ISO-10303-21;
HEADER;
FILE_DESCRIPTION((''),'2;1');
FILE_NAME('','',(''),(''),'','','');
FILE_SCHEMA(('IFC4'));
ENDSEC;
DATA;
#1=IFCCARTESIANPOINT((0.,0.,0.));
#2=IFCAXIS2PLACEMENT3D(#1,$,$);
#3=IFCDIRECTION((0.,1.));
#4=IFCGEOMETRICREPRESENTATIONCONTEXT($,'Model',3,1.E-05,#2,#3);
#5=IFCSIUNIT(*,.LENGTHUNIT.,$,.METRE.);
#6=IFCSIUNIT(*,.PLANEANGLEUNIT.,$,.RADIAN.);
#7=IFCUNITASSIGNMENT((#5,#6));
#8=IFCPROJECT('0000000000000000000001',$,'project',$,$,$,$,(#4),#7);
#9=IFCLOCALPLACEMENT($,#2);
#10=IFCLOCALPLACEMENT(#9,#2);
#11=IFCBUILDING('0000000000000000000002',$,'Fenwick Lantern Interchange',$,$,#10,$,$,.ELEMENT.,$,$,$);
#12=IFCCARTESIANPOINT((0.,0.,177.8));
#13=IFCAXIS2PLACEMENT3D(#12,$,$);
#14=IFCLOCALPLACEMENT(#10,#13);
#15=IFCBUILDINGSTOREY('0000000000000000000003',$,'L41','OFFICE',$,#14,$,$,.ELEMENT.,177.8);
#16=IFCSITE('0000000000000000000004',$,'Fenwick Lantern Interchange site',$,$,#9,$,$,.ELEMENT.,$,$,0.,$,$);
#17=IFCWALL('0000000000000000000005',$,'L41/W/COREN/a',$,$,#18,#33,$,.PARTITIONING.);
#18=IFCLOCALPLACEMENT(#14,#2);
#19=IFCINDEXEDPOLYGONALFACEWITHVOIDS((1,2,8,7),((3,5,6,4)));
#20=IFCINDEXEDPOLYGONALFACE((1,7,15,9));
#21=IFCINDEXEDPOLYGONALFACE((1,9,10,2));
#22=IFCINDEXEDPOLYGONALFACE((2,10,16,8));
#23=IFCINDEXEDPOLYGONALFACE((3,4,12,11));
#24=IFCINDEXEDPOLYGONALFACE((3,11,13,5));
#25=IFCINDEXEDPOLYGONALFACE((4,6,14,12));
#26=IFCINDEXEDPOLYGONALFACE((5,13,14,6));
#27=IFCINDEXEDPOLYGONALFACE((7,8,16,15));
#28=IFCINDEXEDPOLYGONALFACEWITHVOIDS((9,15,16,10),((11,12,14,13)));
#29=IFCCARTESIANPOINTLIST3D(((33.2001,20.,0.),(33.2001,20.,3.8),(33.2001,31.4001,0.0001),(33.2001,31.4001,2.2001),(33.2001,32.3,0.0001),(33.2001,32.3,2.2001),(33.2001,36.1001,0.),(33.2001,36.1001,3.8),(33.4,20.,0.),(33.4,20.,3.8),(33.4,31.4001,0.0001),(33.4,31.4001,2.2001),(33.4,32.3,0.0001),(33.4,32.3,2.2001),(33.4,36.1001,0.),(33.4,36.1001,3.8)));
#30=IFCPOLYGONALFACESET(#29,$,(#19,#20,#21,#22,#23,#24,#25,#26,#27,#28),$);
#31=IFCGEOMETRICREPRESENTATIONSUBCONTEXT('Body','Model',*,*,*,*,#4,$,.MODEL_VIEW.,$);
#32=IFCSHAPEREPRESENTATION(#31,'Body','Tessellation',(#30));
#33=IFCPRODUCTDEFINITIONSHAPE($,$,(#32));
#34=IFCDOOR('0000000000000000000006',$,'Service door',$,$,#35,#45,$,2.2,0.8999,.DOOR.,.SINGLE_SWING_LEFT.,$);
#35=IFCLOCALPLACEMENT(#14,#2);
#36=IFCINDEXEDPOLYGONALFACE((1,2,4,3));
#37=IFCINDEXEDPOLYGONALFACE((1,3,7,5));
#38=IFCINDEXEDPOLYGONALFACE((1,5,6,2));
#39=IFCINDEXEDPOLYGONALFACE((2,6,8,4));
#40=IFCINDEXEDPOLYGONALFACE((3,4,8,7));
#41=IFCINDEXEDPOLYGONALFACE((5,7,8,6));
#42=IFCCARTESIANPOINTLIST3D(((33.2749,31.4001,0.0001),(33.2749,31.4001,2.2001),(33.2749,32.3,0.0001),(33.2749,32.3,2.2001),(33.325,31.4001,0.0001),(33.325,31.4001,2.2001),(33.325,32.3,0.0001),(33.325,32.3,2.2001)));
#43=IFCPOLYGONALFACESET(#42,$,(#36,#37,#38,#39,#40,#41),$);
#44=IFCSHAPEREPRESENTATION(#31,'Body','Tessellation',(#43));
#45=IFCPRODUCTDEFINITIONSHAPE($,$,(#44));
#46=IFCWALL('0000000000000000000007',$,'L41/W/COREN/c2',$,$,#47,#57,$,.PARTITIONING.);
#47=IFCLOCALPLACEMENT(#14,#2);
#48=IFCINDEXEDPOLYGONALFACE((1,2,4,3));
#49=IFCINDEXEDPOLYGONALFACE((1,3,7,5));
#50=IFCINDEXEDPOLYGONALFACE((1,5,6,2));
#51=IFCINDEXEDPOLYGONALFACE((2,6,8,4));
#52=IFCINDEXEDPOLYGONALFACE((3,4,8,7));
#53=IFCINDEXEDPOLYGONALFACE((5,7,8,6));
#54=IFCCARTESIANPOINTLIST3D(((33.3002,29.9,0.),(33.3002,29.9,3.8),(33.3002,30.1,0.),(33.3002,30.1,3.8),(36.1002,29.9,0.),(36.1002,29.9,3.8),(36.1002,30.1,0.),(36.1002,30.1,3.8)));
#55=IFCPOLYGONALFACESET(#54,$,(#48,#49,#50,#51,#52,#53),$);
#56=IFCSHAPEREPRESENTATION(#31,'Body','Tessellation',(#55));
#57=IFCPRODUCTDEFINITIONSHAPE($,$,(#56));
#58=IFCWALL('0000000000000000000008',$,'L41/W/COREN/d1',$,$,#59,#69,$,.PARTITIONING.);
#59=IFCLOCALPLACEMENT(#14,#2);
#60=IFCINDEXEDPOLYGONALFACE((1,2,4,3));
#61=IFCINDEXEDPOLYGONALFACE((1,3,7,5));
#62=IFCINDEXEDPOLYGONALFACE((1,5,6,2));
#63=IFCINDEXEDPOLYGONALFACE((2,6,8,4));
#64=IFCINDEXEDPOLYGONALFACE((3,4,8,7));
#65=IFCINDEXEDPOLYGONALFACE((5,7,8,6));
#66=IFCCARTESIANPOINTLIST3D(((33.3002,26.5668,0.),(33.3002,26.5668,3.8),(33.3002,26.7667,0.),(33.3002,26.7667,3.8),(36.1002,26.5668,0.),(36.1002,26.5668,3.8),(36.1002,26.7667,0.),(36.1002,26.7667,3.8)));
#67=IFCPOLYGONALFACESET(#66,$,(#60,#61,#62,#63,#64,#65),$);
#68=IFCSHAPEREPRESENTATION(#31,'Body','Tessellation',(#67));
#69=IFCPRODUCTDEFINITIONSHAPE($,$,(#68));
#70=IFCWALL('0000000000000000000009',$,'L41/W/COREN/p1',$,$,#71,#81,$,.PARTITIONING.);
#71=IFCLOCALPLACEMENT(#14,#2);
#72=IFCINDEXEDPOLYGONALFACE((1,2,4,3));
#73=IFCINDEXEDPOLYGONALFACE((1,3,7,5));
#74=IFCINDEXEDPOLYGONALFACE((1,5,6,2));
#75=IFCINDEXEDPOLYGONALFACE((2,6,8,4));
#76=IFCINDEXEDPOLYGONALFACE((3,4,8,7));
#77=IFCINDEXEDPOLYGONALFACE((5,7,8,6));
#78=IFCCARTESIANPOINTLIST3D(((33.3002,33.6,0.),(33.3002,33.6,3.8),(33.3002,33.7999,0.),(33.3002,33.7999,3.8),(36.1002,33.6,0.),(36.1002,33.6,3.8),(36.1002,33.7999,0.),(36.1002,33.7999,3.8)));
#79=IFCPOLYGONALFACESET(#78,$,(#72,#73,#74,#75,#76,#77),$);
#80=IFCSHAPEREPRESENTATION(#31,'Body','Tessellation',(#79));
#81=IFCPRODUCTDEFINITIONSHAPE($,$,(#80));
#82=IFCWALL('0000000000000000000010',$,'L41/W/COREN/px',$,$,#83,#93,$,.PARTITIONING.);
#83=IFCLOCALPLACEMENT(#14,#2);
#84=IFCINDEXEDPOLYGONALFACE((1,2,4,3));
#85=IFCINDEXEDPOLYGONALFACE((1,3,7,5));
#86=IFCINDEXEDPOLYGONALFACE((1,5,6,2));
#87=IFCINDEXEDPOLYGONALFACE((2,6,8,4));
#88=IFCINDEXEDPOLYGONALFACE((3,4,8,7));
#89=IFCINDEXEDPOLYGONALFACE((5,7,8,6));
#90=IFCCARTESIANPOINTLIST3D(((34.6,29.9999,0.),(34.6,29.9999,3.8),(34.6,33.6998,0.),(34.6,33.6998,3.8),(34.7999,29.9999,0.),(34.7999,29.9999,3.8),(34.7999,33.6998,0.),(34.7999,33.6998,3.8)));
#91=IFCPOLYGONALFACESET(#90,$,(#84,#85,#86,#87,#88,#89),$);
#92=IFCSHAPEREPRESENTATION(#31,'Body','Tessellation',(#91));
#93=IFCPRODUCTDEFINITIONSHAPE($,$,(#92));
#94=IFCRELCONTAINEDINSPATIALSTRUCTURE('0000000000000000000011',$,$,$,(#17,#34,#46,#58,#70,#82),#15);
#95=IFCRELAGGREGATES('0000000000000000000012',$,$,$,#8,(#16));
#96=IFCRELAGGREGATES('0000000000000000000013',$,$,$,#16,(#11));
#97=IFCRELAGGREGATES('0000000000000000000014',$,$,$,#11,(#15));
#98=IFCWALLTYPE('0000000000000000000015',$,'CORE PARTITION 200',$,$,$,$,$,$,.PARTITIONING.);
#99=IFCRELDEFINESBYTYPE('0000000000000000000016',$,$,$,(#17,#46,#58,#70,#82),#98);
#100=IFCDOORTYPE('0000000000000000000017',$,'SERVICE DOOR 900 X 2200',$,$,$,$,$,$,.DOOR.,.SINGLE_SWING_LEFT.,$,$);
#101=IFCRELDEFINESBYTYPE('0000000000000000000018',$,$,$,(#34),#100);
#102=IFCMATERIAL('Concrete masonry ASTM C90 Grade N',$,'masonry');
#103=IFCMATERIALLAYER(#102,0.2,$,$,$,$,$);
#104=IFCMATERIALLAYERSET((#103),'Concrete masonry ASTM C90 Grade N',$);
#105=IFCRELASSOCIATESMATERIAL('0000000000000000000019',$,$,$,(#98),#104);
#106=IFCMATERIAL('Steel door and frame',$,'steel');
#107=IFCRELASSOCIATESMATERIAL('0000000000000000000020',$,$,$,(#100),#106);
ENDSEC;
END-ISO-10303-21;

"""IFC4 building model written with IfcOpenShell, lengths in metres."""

from ifc_helpers import new_model, si_unit, direction, frame, frame_2d, origin, place, context, subcontext, project, spatial, rectangle, extrude, material, layer, layer_set, type_object, element, fill, save


model = new_model("IFC4")

# Units and contexts
model_context = context("Model", 3, precision=1e-05, world=origin(), true_north=direction((0.0, 1.0)))
body_context = subcontext(model_context, "Body", "Model", "MODEL_VIEW")
ifc_project = project(units=[si_unit("LENGTHUNIT", "METRE"), si_unit("PLANEANGLEUNIT", "RADIAN")], contexts=[model_context])

# Site, building, storey
site_placement = place(None, origin())
site = spatial("IfcSite", under=ifc_project, at=site_placement, Name="Fenwick Lantern Interchange site", CompositionType="ELEMENT", RefElevation=0.0)
building_placement = place(site_placement, origin())
building = spatial("IfcBuilding", under=site, at=building_placement, Name="Fenwick Lantern Interchange", CompositionType="ELEMENT")
storey_placement = place(building_placement, frame((0.0, 0.0, 177.8)))
storey = spatial("IfcBuildingStorey", under=building, at=storey_placement, Name="L41", Description="OFFICE", CompositionType="ELEMENT", Elevation=177.8)

# Wall, opening, door
ifc_material_1 = material(Name="Concrete masonry ASTM C90 Grade N", Category="masonry")
ifc_layer_1 = layer(ifc_material_1, 0.2)
ifc_layer_set_1 = layer_set([ifc_layer_1], Name="Concrete masonry ASTM C90 Grade N")
wall_type_1 = type_object("IfcWallType", Name="CORE PARTITION 200", PredefinedType="PARTITIONING", material=ifc_layer_set_1)
wall_1_placement = place(storey_placement, frame((33.3, 36.1001, 0.0), z_axis=(0.0, 0.0, 1.0), x_axis=(0.0, -1.0, 0.0)))
wall_1 = element("IfcWall", 1, at=wall_1_placement, inside=storey, type_object=wall_type_1, Name="L41/W/COREN/a", PredefinedType="PARTITIONING", context=body_context, shape_type="SweptSolid", body=[
    extrude(rectangle(XDim=16.1001, YDim=0.2, at=frame_2d((8.05, 0.0))), origin(), (0.0, 0.0, 1.0), 3.8),
])
opening_1_placement = place(wall_1_placement, frame((3.8, 0.0, 0.0)))
opening_1 = element("IfcOpeningElement", 2, at=opening_1_placement, cuts=wall_1, PredefinedType="OPENING", context=body_context, shape_type="SweptSolid", body=[
    extrude(rectangle(XDim=0.8999, YDim=2.2, at=frame_2d((0.45, 1.1001))), frame((0.0, 0.1099, 0.0), z_axis=(0.0, -1.0, 0.0), x_axis=(1.0, 0.0, 0.0)), (0.0, 0.0, 1.0), 0.22),
])
ifc_material_2 = material(Name="Steel door and frame", Category="steel")
door_type_1 = type_object("IfcDoorType", Name="SERVICE DOOR 900 X 2200", OperationType="SINGLE_SWING_LEFT", PredefinedType="DOOR", material=ifc_material_2)
door_1_placement = place(opening_1_placement, origin())
door_1 = element("IfcDoor", 3, at=door_1_placement, inside=storey, type_object=door_type_1, Name="Service door", OperationType="SINGLE_SWING_LEFT", OverallHeight=2.2, OverallWidth=0.8999, PredefinedType="DOOR", context=body_context, shape_type="SweptSolid", body=[
    extrude(rectangle(XDim=0.8999, YDim=2.2, at=frame_2d((0.45, 1.1001))), frame((0.0, 0.0249, 0.0), z_axis=(0.0, -1.0, 0.0), x_axis=(1.0, 0.0, 0.0)), (0.0, 0.0, 1.0), 0.05),
])
fill(opening_1, door_1)

# Walls
for number, where, z_axis, x_axis, name in (
    (4, (36.1001, 30.0, 0.0), (0.0, 0.0, 1.0), (-1.0, 0.0, 0.0), "L41/W/COREN/c2"),
    (5, (36.1001, 26.6667, 0.0), (0.0, 0.0, 1.0), (-1.0, 0.0, 0.0), "L41/W/COREN/d1"),
    (6, (36.1001, 33.7, 0.0), (0.0, 0.0, 1.0), (-1.0, 0.0, 0.0), "L41/W/COREN/p1"),
):
    element("IfcWall", number, at=place(storey_placement, frame(where, z_axis=z_axis, x_axis=x_axis)), inside=storey, type_object=wall_type_1, Name=name, PredefinedType="PARTITIONING", context=body_context, shape_type="SweptSolid", body=[
        extrude(rectangle(XDim=2.8, YDim=0.2, at=frame_2d((1.3999, 0.0))), origin(), (0.0, 0.0, 1.0), 3.8),
    ])
wall_2_placement = place(storey_placement, frame((34.7, 33.7, 0.0), z_axis=(0.0, 0.0, 1.0), x_axis=(0.0, -1.0, 0.0)))
element("IfcWall", 7, at=wall_2_placement, inside=storey, type_object=wall_type_1, Name="L41/W/COREN/px", PredefinedType="PARTITIONING", context=body_context, shape_type="SweptSolid", body=[
    extrude(rectangle(XDim=3.7, YDim=0.2, at=frame_2d((1.8501, 0.0))), origin(), (0.0, 0.0, 1.0), 3.8),
])

save(model, "model.ifc")
